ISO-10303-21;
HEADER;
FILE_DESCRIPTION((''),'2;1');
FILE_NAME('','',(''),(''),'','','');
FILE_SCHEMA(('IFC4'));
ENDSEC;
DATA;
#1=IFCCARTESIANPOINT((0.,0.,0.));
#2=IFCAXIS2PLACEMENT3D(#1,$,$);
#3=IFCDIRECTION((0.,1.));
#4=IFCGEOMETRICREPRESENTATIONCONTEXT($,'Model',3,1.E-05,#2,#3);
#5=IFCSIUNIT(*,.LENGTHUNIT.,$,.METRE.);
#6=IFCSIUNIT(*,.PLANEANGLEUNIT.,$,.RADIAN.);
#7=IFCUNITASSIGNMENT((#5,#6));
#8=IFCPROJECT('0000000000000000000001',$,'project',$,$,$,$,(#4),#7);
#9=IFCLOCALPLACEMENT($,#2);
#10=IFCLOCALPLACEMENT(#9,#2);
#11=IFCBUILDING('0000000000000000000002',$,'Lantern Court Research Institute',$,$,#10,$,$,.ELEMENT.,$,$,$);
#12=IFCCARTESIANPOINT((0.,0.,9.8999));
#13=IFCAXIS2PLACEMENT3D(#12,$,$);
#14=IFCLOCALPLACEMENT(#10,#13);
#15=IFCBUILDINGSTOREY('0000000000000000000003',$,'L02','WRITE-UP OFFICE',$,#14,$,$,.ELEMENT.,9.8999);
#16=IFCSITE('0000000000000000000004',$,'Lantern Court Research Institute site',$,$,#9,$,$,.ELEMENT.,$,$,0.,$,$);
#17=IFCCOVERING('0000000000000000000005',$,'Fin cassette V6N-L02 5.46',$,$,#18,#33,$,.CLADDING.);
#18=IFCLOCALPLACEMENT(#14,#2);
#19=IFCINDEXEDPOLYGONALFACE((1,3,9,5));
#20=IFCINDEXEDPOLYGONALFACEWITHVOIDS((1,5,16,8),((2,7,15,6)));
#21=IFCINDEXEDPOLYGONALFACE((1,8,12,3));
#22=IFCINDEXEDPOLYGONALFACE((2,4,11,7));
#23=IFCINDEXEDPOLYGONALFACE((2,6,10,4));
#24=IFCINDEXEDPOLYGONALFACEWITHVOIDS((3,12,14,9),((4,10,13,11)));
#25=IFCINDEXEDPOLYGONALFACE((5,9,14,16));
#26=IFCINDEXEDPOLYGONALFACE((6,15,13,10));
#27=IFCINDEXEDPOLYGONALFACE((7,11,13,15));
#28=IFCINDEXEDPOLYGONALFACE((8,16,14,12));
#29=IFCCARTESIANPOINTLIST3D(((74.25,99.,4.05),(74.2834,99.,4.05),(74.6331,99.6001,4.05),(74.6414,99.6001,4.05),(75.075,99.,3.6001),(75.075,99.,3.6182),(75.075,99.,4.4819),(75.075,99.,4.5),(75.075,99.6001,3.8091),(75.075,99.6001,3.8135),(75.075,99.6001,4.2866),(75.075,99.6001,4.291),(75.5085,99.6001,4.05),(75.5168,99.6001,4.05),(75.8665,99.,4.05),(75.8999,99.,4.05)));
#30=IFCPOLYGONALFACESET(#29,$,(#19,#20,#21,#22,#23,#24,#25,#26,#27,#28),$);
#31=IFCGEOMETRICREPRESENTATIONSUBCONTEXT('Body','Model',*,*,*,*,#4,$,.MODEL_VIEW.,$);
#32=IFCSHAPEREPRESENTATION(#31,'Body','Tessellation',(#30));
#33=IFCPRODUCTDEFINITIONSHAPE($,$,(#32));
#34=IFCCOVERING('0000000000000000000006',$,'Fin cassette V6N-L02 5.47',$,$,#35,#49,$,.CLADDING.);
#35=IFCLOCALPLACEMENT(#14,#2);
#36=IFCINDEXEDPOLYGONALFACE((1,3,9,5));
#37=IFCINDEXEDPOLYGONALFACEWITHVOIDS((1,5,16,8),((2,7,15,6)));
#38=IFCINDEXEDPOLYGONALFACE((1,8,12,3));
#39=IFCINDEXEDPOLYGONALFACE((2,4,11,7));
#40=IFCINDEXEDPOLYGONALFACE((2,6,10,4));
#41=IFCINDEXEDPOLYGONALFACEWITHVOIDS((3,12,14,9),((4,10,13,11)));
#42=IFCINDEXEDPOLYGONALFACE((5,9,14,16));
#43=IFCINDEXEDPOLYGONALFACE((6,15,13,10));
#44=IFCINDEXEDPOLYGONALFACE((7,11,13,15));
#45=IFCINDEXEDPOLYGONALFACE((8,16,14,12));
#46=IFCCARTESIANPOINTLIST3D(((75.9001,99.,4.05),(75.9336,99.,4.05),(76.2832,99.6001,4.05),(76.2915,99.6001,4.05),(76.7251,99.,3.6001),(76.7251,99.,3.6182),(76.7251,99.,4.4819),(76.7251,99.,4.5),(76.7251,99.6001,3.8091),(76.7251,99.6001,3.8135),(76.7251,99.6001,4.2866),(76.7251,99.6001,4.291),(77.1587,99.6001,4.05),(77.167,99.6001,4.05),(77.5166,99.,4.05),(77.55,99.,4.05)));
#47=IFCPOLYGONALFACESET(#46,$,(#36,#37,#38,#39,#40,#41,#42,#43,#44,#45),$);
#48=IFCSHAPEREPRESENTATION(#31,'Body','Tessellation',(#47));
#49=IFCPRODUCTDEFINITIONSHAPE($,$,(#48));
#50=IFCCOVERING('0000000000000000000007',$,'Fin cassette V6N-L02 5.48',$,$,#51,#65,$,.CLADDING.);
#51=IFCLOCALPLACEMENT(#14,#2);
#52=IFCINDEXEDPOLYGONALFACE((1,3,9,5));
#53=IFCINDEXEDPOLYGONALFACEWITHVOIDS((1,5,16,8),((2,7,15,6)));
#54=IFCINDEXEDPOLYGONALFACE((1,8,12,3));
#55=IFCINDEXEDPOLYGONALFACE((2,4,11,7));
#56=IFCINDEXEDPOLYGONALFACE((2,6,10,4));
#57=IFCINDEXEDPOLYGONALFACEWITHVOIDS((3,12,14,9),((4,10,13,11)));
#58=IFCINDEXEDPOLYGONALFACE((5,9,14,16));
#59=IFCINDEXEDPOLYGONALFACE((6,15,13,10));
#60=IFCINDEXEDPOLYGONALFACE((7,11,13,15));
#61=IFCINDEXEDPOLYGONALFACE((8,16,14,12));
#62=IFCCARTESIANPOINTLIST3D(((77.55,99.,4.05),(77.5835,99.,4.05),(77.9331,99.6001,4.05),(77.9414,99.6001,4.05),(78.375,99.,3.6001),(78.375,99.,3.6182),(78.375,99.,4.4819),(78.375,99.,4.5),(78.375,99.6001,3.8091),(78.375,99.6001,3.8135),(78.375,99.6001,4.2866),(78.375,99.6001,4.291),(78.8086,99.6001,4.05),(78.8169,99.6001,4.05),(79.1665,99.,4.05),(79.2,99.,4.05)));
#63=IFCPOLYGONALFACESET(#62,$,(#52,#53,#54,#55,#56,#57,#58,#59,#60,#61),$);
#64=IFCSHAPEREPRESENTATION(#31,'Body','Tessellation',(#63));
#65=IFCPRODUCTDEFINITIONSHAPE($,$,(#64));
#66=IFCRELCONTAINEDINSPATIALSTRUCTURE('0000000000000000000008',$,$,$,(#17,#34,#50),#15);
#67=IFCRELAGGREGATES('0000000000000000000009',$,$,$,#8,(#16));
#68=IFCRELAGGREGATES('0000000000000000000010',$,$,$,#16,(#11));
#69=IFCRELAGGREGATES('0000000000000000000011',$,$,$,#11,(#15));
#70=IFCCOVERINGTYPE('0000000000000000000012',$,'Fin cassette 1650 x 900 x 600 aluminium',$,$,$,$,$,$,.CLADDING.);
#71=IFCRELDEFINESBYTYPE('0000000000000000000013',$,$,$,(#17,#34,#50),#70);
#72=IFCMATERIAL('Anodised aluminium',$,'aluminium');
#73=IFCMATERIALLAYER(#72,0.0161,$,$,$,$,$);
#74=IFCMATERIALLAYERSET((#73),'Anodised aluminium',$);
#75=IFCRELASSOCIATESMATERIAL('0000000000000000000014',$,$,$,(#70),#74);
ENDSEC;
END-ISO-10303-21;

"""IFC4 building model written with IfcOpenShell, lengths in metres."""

from ifc_helpers import new_model, entity, si_unit, direction, frame, origin, place, context, subcontext, project, spatial, material, layer, layer_set, type_object, element, save


model = new_model("IFC4")

# Units and contexts
model_context = context("Model", 3, precision=1e-05, world=origin(), true_north=direction((0.0, 1.0)))
body_context = subcontext(model_context, "Body", "Model", "MODEL_VIEW")
ifc_project = project(units=[si_unit("LENGTHUNIT", "METRE"), si_unit("PLANEANGLEUNIT", "RADIAN")], contexts=[model_context])

# Site, building, storey
site_placement = place(None, origin())
site = spatial("IfcSite", under=ifc_project, at=site_placement, Name="Lantern Court Research Institute site", CompositionType="ELEMENT", RefElevation=0.0)
building_placement = place(site_placement, origin())
building = spatial("IfcBuilding", under=site, at=building_placement, Name="Lantern Court Research Institute", CompositionType="ELEMENT")
storey_placement = place(building_placement, frame((0.0, 0.0, 9.8999)))
storey = spatial("IfcBuildingStorey", under=building, at=storey_placement, Name="L02", Description="WRITE-UP OFFICE", CompositionType="ELEMENT", Elevation=9.8999)

# Coverings
ifc_material_1 = material(Name="Anodised aluminium", Category="aluminium")
ifc_layer = layer(ifc_material_1, 0.0161)
ifc_layer_set = layer_set([ifc_layer], Name="Anodised aluminium")
covering_type = type_object("IfcCoveringType", Name="Fin cassette 1650 x 900 x 600 aluminium", PredefinedType="CLADDING", material=ifc_layer_set)
covering_1_placement = place(storey_placement, frame((75.075, 99.0, 4.05), z_axis=(0.0, 1.0, 0.0), x_axis=(-1.0, 0.0, 0.0)))
cartesian_point_1 = entity("IfcCartesianPoint", [0.825, 0.0])
cartesian_point_2 = entity("IfcCartesianPoint", [0.7915, 0.0])
cartesian_point_3 = entity("IfcCartesianPoint", [0.4419, 0.0])
cartesian_point_4 = entity("IfcCartesianPoint", [0.4336, 0.0])
element("IfcCovering", 1, at=covering_1_placement, inside=storey, type_object=covering_type, Name="Fin cassette V6N-L02 5.46", PredefinedType="CLADDING", context=body_context, shape_type="SweptSolid", body=[
    entity("IfcExtrudedAreaSolidTapered", entity("IfcArbitraryProfileDefWithVoids", "AREA", None, entity("IfcPolyline", [cartesian_point_1, entity("IfcCartesianPoint", [0.0, 0.45]), entity("IfcCartesianPoint", [-0.825, 0.0]), entity("IfcCartesianPoint", [0.0, -0.45]), cartesian_point_1]), [entity("IfcPolyline", [cartesian_point_2, entity("IfcCartesianPoint", [0.0, 0.4319]), entity("IfcCartesianPoint", [-0.7915, 0.0]), entity("IfcCartesianPoint", [0.0, -0.4319]), cartesian_point_2])]), entity("IfcAxis2Placement3D", entity("IfcCartesianPoint", [0.0, 0.0, 0.0])), entity("IfcDirection", [0.0, 0.0, 1.0]), 0.6001, entity("IfcArbitraryProfileDefWithVoids", "AREA", None, entity("IfcPolyline", [cartesian_point_3, entity("IfcCartesianPoint", [0.0, 0.241]), entity("IfcCartesianPoint", [-0.4419, 0.0]), entity("IfcCartesianPoint", [0.0, -0.241]), cartesian_point_3]), [entity("IfcPolyline", [cartesian_point_4, entity("IfcCartesianPoint", [0.0, 0.2366]), entity("IfcCartesianPoint", [-0.4336, 0.0]), entity("IfcCartesianPoint", [0.0, -0.2366]), cartesian_point_4])])),
])
covering_2_placement = place(storey_placement, frame((76.7251, 99.0, 4.05), z_axis=(0.0, 1.0, 0.0), x_axis=(-1.0, 0.0, 0.0)))
cartesian_point_5 = entity("IfcCartesianPoint", [0.825, 0.0])
cartesian_point_6 = entity("IfcCartesianPoint", [0.7915, 0.0])
cartesian_point_7 = entity("IfcCartesianPoint", [0.4419, 0.0])
cartesian_point_8 = entity("IfcCartesianPoint", [0.4336, 0.0])
element("IfcCovering", 2, at=covering_2_placement, inside=storey, type_object=covering_type, Name="Fin cassette V6N-L02 5.47", PredefinedType="CLADDING", context=body_context, shape_type="SweptSolid", body=[
    entity("IfcExtrudedAreaSolidTapered", entity("IfcArbitraryProfileDefWithVoids", "AREA", None, entity("IfcPolyline", [cartesian_point_5, entity("IfcCartesianPoint", [0.0, 0.45]), entity("IfcCartesianPoint", [-0.825, 0.0]), entity("IfcCartesianPoint", [0.0, -0.45]), cartesian_point_5]), [entity("IfcPolyline", [cartesian_point_6, entity("IfcCartesianPoint", [0.0, 0.4319]), entity("IfcCartesianPoint", [-0.7915, 0.0]), entity("IfcCartesianPoint", [0.0, -0.4319]), cartesian_point_6])]), entity("IfcAxis2Placement3D", entity("IfcCartesianPoint", [0.0, 0.0, 0.0])), entity("IfcDirection", [0.0, 0.0, 1.0]), 0.6001, entity("IfcArbitraryProfileDefWithVoids", "AREA", None, entity("IfcPolyline", [cartesian_point_7, entity("IfcCartesianPoint", [0.0, 0.241]), entity("IfcCartesianPoint", [-0.4419, 0.0]), entity("IfcCartesianPoint", [0.0, -0.241]), cartesian_point_7]), [entity("IfcPolyline", [cartesian_point_8, entity("IfcCartesianPoint", [0.0, 0.2366]), entity("IfcCartesianPoint", [-0.4336, 0.0]), entity("IfcCartesianPoint", [0.0, -0.2366]), cartesian_point_8])])),
])
covering_3_placement = place(storey_placement, frame((78.375, 99.0, 4.05), z_axis=(0.0, 1.0, 0.0), x_axis=(-1.0, 0.0, 0.0)))
cartesian_point_9 = entity("IfcCartesianPoint", [0.825, 0.0])
cartesian_point_10 = entity("IfcCartesianPoint", [0.7915, 0.0])
cartesian_point_11 = entity("IfcCartesianPoint", [0.4419, 0.0])
cartesian_point_12 = entity("IfcCartesianPoint", [0.4336, 0.0])
element("IfcCovering", 3, at=covering_3_placement, inside=storey, type_object=covering_type, Name="Fin cassette V6N-L02 5.48", PredefinedType="CLADDING", context=body_context, shape_type="SweptSolid", body=[
    entity("IfcExtrudedAreaSolidTapered", entity("IfcArbitraryProfileDefWithVoids", "AREA", None, entity("IfcPolyline", [cartesian_point_9, entity("IfcCartesianPoint", [0.0, 0.45]), entity("IfcCartesianPoint", [-0.825, 0.0]), entity("IfcCartesianPoint", [0.0, -0.45]), cartesian_point_9]), [entity("IfcPolyline", [cartesian_point_10, entity("IfcCartesianPoint", [0.0, 0.4319]), entity("IfcCartesianPoint", [-0.7915, 0.0]), entity("IfcCartesianPoint", [0.0, -0.4319]), cartesian_point_10])]), entity("IfcAxis2Placement3D", entity("IfcCartesianPoint", [0.0, 0.0, 0.0])), entity("IfcDirection", [0.0, 0.0, 1.0]), 0.6001, entity("IfcArbitraryProfileDefWithVoids", "AREA", None, entity("IfcPolyline", [cartesian_point_11, entity("IfcCartesianPoint", [0.0, 0.241]), entity("IfcCartesianPoint", [-0.4419, 0.0]), entity("IfcCartesianPoint", [0.0, -0.241]), cartesian_point_11]), [entity("IfcPolyline", [cartesian_point_12, entity("IfcCartesianPoint", [0.0, 0.2366]), entity("IfcCartesianPoint", [-0.4336, 0.0]), entity("IfcCartesianPoint", [0.0, -0.2366]), cartesian_point_12])])),
])

save(model, "model.ifc")
